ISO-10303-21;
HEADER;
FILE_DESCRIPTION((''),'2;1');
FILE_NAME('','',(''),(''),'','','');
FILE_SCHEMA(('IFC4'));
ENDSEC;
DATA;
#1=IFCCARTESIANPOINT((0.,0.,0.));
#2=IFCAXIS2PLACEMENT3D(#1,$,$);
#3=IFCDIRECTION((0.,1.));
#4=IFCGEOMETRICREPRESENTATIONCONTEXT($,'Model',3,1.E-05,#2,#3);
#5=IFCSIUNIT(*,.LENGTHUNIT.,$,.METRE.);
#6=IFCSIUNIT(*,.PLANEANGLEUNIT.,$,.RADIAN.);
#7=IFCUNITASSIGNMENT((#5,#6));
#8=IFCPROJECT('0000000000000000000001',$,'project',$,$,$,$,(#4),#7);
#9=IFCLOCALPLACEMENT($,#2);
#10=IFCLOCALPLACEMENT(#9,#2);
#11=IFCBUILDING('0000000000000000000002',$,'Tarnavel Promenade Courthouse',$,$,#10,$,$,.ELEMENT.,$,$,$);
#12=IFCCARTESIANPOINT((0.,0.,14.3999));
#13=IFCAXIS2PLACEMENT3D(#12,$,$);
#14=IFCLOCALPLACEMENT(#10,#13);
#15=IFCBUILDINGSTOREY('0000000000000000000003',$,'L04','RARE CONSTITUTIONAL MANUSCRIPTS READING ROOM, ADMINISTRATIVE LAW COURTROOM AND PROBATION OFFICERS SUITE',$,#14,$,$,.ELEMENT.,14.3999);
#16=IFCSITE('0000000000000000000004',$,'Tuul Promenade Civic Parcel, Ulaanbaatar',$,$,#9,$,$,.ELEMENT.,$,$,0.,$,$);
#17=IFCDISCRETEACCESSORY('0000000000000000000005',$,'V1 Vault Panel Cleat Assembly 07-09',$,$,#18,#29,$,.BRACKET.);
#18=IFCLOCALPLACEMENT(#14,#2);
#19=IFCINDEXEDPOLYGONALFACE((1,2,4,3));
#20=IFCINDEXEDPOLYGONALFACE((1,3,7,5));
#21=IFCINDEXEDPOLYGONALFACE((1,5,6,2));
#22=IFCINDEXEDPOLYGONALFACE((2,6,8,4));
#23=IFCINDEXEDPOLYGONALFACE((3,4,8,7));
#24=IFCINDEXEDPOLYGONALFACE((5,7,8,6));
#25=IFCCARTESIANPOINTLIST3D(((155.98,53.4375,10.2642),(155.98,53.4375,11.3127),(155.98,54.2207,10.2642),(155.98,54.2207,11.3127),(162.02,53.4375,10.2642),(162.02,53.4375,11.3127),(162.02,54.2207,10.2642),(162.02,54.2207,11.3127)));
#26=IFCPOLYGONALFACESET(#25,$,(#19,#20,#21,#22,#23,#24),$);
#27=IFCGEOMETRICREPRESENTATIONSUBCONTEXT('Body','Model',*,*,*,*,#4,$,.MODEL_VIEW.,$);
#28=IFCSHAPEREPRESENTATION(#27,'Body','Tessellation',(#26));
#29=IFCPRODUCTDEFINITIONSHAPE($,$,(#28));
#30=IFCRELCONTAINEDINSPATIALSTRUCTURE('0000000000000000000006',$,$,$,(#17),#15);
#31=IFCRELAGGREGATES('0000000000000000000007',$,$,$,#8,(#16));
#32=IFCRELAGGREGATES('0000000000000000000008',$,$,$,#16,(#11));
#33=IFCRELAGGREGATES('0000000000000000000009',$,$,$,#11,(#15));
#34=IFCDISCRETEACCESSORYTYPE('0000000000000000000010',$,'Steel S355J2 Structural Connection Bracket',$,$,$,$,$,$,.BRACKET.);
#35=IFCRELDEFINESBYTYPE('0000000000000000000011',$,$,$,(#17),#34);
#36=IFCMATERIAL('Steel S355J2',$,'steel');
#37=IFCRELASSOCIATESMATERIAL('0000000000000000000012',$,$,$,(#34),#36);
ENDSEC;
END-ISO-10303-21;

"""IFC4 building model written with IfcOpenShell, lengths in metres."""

from ifc_helpers import new_model, si_unit, direction, frame, origin, origin_2d, place, context, subcontext, project, spatial, rectangle, extrude, material, type_object, element, save


model = new_model("IFC4")

# Units and contexts
model_context = context("Model", 3, precision=1e-05, world=origin(), true_north=direction((0.0, 1.0)))
body_context = subcontext(model_context, "Body", "Model", "MODEL_VIEW")
ifc_project = project(units=[si_unit("LENGTHUNIT", "METRE"), si_unit("PLANEANGLEUNIT", "RADIAN")], contexts=[model_context])

# Site, building, storey
site_placement = place(None, origin())
site = spatial("IfcSite", under=ifc_project, at=site_placement, Name="Tuul Promenade Civic Parcel, Ulaanbaatar", CompositionType="ELEMENT", RefElevation=0.0)
building_placement = place(site_placement, origin())
building = spatial("IfcBuilding", under=site, at=building_placement, Name="Tarnavel Promenade Courthouse", CompositionType="ELEMENT")
storey_placement = place(building_placement, frame((0.0, 0.0, 14.3999)))
storey = spatial("IfcBuildingStorey", under=building, at=storey_placement, Name="L04", Description="RARE CONSTITUTIONAL MANUSCRIPTS READING ROOM, ADMINISTRATIVE LAW COURTROOM AND PROBATION OFFICERS SUITE", CompositionType="ELEMENT", Elevation=14.3999)

# Shared definitions
ifc_material = material(Name="Steel S355J2", Category="steel")

# Discrete accessory
discrete_accessory_type = type_object("IfcDiscreteAccessoryType", Name="Steel S355J2 Structural Connection Bracket", PredefinedType="BRACKET", material=ifc_material)
for number, where, z_axis, x_axis, name in (
    (1, (159.0, 53.8291, 10.2642), (0.0, 0.0, 1.0), (1.0, 0.0, 0.0), "V1 Vault Panel Cleat Assembly 07-09"),
):
    element("IfcDiscreteAccessory", number, at=place(storey_placement, frame(where, z_axis=z_axis, x_axis=x_axis)), inside=storey, type_object=discrete_accessory_type, Name=name, PredefinedType="BRACKET", context=body_context, shape_type="SweptSolid", body=[
        extrude(rectangle(XDim=6.04, YDim=0.7832, at=origin_2d()), origin(), (0.0, 0.0, 1.0), 1.0486),
    ])

save(model, "model.ifc")
